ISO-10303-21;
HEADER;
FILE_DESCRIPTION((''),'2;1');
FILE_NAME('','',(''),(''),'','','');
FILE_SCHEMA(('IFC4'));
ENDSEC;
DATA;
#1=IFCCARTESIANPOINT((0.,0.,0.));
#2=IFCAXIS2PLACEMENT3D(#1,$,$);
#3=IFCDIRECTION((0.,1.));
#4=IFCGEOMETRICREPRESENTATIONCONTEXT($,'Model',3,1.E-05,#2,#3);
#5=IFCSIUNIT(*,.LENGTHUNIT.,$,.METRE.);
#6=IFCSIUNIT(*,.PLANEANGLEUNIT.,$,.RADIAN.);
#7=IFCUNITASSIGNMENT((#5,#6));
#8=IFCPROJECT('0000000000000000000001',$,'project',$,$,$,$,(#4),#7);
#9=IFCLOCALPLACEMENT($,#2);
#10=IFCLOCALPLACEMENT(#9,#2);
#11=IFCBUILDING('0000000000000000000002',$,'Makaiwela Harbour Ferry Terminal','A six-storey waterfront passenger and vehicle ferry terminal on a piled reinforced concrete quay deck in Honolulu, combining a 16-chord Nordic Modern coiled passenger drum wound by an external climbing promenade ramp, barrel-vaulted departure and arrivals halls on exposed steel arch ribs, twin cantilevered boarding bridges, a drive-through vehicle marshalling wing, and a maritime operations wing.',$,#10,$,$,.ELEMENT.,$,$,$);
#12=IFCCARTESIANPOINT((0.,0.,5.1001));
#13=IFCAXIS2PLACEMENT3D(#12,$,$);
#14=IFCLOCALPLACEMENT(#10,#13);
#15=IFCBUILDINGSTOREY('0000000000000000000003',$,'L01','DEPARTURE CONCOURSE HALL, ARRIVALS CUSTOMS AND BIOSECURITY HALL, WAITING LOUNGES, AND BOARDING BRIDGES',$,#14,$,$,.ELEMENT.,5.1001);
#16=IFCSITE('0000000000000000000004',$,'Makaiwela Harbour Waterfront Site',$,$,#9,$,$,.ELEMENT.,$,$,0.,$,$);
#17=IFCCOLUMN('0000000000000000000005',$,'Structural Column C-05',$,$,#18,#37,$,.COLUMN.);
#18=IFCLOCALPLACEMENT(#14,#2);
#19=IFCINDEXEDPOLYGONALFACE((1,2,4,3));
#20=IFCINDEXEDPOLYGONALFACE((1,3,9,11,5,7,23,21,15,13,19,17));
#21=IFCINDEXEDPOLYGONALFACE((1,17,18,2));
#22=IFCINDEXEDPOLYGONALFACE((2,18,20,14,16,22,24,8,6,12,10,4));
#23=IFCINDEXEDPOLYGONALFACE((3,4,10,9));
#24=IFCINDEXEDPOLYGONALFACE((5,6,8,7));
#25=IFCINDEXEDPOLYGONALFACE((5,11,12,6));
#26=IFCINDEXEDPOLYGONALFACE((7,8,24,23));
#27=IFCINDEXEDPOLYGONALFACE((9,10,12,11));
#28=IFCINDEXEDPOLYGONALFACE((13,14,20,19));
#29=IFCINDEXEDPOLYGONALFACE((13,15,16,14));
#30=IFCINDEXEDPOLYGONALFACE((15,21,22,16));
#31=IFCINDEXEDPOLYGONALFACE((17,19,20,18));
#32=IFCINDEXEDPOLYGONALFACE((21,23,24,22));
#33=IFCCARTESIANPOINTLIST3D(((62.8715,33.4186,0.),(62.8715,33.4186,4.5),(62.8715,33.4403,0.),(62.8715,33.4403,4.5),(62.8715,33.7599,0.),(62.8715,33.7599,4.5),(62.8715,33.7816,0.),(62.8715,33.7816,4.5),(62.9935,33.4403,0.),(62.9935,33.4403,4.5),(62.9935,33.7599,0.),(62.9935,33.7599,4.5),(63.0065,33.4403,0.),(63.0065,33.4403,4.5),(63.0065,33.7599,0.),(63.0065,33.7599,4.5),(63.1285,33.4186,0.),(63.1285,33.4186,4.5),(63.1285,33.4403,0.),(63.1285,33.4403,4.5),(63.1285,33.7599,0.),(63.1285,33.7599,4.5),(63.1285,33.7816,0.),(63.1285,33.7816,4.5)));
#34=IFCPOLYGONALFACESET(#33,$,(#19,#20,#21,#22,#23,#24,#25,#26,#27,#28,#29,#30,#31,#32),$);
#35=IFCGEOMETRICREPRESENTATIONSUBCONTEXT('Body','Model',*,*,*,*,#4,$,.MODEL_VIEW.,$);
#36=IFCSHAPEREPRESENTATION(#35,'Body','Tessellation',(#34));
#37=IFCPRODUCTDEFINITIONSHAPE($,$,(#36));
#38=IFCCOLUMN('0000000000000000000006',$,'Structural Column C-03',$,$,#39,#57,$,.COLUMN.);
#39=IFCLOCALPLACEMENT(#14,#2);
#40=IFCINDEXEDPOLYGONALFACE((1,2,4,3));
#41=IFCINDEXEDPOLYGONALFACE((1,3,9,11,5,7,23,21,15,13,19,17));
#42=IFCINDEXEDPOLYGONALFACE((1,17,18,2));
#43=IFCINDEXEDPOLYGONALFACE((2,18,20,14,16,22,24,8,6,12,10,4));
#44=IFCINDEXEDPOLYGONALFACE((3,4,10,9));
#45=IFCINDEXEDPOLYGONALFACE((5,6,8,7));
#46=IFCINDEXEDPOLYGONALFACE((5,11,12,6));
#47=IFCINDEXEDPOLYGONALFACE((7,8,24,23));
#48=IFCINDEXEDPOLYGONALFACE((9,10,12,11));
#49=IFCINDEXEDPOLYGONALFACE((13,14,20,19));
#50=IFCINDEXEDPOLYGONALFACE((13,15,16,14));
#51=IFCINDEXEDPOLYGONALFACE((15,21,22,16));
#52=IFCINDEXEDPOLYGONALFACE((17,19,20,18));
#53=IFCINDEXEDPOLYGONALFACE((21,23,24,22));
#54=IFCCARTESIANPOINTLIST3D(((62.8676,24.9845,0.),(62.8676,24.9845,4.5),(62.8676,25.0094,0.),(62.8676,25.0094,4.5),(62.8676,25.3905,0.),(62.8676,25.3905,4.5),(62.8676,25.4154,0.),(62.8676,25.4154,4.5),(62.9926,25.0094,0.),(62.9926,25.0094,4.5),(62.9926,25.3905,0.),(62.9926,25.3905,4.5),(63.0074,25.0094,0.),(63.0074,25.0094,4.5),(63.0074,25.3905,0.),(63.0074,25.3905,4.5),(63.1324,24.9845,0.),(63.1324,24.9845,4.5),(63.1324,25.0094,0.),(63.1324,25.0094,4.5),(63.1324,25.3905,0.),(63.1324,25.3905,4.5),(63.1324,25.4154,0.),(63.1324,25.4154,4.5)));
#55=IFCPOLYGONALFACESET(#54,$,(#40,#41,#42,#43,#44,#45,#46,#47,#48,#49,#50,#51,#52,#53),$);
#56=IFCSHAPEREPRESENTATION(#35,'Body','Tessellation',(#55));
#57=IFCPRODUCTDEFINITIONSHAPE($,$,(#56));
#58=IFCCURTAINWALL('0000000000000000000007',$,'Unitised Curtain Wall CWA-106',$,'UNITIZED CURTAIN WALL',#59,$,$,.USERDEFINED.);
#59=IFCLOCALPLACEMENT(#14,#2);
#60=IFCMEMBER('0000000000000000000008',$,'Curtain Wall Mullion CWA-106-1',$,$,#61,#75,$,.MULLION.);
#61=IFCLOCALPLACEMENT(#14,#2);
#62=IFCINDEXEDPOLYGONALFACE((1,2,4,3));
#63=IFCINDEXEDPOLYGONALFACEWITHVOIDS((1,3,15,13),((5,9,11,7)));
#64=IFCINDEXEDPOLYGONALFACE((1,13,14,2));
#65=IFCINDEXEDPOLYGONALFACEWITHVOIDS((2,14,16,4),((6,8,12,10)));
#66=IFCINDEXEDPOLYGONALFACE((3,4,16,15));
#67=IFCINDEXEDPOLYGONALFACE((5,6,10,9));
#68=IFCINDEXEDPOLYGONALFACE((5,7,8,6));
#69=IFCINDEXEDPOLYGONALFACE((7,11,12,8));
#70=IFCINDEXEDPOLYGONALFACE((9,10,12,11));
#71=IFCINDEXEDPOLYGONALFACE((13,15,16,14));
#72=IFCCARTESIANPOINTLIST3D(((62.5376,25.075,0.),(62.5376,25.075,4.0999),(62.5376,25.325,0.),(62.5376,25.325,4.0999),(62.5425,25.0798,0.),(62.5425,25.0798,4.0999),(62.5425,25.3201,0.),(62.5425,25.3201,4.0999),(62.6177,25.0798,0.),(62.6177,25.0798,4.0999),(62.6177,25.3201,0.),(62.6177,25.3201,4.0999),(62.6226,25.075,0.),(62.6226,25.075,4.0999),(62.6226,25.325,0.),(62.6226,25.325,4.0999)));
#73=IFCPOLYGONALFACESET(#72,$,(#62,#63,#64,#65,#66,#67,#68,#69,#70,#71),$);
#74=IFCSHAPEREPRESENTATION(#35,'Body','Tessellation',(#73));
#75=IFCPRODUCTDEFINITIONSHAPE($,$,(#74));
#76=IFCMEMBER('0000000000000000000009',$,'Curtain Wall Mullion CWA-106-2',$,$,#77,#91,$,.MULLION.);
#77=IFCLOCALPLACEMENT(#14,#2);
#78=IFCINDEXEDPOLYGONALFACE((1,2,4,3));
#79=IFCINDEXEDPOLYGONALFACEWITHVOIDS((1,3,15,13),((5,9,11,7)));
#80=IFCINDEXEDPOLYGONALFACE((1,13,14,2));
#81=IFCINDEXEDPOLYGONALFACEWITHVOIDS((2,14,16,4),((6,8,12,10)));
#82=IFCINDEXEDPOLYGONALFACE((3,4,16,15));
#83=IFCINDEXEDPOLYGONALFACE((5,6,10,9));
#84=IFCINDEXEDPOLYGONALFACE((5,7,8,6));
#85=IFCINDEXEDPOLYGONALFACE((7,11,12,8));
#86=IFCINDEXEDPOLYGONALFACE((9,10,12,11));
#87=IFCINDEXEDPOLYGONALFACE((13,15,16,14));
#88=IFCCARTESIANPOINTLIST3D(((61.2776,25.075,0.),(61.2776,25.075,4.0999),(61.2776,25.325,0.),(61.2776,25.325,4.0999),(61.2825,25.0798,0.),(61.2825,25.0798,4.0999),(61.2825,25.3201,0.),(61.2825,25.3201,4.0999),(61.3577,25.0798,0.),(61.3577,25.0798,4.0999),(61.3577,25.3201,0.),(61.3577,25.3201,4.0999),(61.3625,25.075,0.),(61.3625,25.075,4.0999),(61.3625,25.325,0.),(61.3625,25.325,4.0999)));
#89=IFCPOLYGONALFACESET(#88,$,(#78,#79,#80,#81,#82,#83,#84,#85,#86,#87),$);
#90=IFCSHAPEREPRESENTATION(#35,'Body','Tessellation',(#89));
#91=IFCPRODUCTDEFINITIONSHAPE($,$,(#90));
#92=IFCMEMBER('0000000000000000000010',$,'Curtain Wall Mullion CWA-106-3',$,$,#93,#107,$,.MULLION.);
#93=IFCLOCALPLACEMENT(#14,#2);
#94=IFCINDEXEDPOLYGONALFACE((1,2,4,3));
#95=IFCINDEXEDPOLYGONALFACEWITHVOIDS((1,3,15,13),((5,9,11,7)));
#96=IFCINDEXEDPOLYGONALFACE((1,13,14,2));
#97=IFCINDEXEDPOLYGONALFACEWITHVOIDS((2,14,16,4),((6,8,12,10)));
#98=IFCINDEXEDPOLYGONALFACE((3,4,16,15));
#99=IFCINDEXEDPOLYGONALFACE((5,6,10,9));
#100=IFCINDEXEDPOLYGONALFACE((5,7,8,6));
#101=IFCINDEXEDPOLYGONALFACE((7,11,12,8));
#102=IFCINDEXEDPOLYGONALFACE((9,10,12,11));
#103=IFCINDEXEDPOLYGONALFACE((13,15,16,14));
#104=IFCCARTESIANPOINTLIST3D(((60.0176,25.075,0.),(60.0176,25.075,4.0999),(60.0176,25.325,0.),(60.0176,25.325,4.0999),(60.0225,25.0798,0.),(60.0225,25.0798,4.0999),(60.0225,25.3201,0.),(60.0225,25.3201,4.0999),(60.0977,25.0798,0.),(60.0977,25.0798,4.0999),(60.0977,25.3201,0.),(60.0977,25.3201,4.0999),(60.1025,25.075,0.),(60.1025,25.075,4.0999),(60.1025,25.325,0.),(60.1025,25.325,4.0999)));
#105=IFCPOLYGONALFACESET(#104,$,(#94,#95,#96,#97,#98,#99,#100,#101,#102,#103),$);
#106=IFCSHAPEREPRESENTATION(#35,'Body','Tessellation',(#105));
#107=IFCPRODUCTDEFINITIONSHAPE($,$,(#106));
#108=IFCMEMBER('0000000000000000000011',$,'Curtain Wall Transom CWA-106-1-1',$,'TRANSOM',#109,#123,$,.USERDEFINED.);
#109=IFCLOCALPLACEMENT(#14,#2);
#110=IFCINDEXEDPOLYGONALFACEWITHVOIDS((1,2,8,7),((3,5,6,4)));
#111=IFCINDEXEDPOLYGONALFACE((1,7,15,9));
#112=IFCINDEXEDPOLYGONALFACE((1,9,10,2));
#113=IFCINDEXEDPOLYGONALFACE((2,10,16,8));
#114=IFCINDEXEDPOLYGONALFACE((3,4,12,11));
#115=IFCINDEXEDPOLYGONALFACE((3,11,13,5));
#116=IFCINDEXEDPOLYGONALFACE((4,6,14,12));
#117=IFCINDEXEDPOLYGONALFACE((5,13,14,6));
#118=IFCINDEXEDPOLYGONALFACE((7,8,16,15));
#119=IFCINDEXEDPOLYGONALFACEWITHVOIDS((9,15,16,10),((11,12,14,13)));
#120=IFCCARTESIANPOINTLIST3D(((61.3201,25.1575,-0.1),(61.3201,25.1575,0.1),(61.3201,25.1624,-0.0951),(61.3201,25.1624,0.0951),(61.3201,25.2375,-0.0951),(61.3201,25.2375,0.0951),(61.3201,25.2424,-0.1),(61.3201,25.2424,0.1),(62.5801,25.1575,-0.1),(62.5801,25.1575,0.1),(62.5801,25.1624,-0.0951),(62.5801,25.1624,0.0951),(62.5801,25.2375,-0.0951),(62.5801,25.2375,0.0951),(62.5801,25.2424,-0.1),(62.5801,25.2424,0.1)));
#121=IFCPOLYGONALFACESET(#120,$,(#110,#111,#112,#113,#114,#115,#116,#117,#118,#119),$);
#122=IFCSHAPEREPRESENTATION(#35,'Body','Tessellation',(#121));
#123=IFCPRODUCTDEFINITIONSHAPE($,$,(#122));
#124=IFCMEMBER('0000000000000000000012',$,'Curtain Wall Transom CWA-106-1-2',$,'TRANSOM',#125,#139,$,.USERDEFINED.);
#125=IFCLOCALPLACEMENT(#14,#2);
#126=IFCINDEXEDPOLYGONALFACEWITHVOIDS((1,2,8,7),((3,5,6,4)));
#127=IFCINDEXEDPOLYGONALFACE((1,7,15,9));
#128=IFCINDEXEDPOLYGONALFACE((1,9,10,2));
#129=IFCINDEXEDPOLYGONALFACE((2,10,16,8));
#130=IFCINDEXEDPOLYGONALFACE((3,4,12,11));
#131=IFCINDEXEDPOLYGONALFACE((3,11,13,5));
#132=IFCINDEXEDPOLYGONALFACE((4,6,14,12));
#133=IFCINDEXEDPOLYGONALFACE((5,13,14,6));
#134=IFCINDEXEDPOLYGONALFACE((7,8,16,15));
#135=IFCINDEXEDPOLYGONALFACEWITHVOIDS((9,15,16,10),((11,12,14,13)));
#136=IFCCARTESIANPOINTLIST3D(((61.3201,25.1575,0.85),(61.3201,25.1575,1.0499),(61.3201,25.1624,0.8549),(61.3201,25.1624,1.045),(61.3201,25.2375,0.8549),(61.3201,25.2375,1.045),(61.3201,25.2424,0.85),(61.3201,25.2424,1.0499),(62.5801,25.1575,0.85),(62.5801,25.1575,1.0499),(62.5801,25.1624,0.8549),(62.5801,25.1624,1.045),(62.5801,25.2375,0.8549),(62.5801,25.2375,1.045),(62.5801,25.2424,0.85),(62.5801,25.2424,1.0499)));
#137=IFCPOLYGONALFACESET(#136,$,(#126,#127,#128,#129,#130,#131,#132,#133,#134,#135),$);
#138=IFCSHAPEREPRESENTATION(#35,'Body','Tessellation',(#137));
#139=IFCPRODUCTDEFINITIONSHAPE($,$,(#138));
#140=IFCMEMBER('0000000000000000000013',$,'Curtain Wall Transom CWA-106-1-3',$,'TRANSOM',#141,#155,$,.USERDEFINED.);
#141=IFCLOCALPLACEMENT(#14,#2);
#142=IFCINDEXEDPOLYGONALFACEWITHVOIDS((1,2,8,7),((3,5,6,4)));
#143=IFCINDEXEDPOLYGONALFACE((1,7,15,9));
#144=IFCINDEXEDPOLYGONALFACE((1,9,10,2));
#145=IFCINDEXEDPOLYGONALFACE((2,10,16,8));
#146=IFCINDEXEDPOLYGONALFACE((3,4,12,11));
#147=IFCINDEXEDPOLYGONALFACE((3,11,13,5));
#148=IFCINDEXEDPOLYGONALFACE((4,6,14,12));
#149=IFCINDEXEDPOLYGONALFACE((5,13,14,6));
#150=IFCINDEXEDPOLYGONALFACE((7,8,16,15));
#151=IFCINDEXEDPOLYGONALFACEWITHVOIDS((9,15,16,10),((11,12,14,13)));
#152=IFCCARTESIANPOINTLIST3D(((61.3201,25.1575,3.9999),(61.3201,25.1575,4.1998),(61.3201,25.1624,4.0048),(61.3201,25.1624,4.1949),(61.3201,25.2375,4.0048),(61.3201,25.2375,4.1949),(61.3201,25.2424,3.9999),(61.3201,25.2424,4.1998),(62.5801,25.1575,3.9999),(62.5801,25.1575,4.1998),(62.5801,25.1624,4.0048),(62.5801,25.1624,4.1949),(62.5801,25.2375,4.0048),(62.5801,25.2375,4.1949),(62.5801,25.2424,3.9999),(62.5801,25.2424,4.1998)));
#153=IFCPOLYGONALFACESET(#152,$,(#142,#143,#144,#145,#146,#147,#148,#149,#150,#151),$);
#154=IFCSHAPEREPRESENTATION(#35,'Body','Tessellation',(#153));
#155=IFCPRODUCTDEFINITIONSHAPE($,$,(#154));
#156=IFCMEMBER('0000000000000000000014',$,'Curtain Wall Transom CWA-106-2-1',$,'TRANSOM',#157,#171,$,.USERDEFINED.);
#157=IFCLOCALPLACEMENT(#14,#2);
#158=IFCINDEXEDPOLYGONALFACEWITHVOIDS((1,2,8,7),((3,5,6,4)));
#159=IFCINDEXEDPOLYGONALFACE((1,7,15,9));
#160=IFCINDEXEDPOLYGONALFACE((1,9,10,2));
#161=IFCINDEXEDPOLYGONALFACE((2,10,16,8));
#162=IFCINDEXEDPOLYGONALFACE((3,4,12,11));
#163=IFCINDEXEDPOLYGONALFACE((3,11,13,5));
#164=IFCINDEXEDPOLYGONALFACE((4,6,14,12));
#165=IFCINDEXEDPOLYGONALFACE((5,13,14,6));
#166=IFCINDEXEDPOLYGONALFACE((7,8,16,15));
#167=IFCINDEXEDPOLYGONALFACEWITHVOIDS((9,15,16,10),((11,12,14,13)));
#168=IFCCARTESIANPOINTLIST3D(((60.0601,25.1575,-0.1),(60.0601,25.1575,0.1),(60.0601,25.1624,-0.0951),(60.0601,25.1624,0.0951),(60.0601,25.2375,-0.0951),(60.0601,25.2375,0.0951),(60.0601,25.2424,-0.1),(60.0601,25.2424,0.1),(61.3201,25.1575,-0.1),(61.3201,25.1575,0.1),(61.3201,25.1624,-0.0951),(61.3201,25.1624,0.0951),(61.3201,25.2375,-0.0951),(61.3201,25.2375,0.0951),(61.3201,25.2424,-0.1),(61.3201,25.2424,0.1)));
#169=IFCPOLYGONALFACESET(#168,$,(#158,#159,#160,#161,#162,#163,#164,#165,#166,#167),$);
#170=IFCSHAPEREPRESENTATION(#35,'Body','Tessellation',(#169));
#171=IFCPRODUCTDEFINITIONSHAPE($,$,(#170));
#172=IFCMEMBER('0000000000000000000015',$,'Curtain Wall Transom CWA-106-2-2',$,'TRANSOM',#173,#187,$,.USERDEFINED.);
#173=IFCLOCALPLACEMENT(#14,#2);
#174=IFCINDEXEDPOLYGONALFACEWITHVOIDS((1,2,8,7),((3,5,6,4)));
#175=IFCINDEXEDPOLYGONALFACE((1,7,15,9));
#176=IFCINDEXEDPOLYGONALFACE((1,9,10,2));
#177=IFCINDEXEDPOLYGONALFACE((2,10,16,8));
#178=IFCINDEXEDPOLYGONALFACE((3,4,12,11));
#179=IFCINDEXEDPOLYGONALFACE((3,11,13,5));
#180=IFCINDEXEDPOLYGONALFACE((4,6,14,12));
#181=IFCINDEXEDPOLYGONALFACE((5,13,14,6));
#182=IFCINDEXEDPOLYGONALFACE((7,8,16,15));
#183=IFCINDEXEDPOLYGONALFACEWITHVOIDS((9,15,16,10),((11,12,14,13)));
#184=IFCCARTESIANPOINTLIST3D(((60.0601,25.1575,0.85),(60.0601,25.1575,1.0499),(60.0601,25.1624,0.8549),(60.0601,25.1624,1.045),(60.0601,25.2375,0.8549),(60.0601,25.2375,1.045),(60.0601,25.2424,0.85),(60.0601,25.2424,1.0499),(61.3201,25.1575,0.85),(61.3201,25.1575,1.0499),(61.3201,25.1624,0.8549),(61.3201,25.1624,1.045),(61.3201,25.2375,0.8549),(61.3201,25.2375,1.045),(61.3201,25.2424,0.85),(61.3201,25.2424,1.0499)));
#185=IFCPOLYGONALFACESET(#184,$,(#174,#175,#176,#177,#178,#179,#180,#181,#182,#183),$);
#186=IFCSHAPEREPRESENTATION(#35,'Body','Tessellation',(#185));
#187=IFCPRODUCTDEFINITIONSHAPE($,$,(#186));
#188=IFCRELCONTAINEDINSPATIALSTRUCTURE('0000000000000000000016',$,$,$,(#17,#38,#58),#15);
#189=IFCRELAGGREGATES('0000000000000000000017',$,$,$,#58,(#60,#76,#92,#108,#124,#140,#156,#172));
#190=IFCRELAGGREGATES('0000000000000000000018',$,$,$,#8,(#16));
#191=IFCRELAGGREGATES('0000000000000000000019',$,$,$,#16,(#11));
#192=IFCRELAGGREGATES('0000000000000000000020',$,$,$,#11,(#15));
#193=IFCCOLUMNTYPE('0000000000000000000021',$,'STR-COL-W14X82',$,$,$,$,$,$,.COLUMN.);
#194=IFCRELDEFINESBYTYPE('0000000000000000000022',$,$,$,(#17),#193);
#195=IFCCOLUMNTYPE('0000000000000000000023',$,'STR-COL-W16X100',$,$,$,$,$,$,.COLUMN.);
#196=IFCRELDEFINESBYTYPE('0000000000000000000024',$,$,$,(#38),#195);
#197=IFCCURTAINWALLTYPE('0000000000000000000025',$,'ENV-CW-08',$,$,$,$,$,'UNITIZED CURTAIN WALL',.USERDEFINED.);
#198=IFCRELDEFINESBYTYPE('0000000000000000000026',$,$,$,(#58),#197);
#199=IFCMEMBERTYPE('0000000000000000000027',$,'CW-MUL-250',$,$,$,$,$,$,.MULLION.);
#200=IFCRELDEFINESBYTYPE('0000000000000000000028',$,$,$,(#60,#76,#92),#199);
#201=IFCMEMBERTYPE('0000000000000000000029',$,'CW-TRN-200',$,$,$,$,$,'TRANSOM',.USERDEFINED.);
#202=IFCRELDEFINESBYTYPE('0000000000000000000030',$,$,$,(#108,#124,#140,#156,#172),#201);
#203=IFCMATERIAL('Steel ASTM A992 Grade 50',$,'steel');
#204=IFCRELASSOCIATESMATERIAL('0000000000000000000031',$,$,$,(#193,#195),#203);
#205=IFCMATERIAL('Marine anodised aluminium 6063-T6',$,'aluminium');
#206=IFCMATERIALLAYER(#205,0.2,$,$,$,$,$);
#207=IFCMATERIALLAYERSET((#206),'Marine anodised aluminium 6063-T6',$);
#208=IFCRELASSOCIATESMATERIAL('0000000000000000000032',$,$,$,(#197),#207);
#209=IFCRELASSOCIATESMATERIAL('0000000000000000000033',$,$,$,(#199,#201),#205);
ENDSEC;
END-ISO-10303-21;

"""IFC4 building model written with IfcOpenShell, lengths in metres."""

from ifc_helpers import new_model, si_unit, direction, frame, origin, origin_2d, place, context, subcontext, project, spatial, hollow_rectangle, i_section, extrude, material, layer, layer_set, material_profile, profile_set, type_object, element, aggregate, save


model = new_model("IFC4")

# Units and contexts
model_context = context("Model", 3, precision=1e-05, world=origin(), true_north=direction((0.0, 1.0)))
body_context = subcontext(model_context, "Body", "Model", "MODEL_VIEW")
ifc_project = project(units=[si_unit("LENGTHUNIT", "METRE"), si_unit("PLANEANGLEUNIT", "RADIAN")], contexts=[model_context])

# Site, building, storey
site_placement = place(None, origin())
site = spatial("IfcSite", under=ifc_project, at=site_placement, Name="Makaiwela Harbour Waterfront Site", CompositionType="ELEMENT", RefElevation=0.0)
building_placement = place(site_placement, origin())
building = spatial("IfcBuilding", under=site, at=building_placement, Name="Makaiwela Harbour Ferry Terminal", Description="A six-storey waterfront passenger and vehicle ferry terminal on a piled reinforced concrete quay deck in Honolulu, combining a 16-chord Nordic Modern coiled passenger drum wound by an external climbing promenade ramp, barrel-vaulted departure and arrivals halls on exposed steel arch ribs, twin cantilevered boarding bridges, a drive-through vehicle marshalling wing, and a maritime operations wing.", CompositionType="ELEMENT")
storey_placement = place(building_placement, frame((0.0, 0.0, 5.1001)))
storey = spatial("IfcBuildingStorey", under=building, at=storey_placement, Name="L01", Description="DEPARTURE CONCOURSE HALL, ARRIVALS CUSTOMS AND BIOSECURITY HALL, WAITING LOUNGES, AND BOARDING BRIDGES", CompositionType="ELEMENT", Elevation=5.1001)

# Columns
ifc_material_1 = material(Name="Steel ASTM A992 Grade 50", Category="steel")
ifc_material_profile_1 = material_profile(ifc_material_1, i_section(OverallWidth=0.2571, OverallDepth=0.363, WebThickness=0.0129, FlangeThickness=0.0217, at=origin_2d()), Name="W14X82")
ifc_profile_set_1 = profile_set([ifc_material_profile_1], Name="Steel ASTM A992 Grade 50")
column_type_1 = type_object("IfcColumnType", Name="STR-COL-W14X82", PredefinedType="COLUMN", material=ifc_profile_set_1)
column_1_placement = place(storey_placement, frame((63.0, 33.6001, 0.0), z_axis=(0.0, 0.0, 1.0), x_axis=(1.0, 0.0, 0.0)))
element("IfcColumn", 1, at=column_1_placement, inside=storey, type_object=column_type_1, Name="Structural Column C-05", PredefinedType="COLUMN", context=body_context, shape_type="SweptSolid", body=[
    extrude(i_section(OverallWidth=0.2571, OverallDepth=0.363, WebThickness=0.0129, FlangeThickness=0.0217, at=origin_2d()), origin(), (0.0, 0.0, 1.0), 4.5),
])
ifc_material_profile_2 = material_profile(ifc_material_1, i_section(OverallWidth=0.2649, OverallDepth=0.4309, WebThickness=0.0149, FlangeThickness=0.0249, at=origin_2d()), Name="W16X100")
ifc_profile_set_2 = profile_set([ifc_material_profile_2], Name="Steel ASTM A992 Grade 50")
column_type_2 = type_object("IfcColumnType", Name="STR-COL-W16X100", PredefinedType="COLUMN", material=ifc_profile_set_2)
column_2_placement = place(storey_placement, frame((63.0, 25.2, 0.0), z_axis=(0.0, 0.0, 1.0), x_axis=(1.0, 0.0, 0.0)))
element("IfcColumn", 2, at=column_2_placement, inside=storey, type_object=column_type_2, Name="Structural Column C-03", PredefinedType="COLUMN", context=body_context, shape_type="SweptSolid", body=[
    extrude(i_section(OverallWidth=0.2649, OverallDepth=0.4309, WebThickness=0.0149, FlangeThickness=0.0249, at=origin_2d()), origin(), (0.0, 0.0, 1.0), 4.5),
])

# Curtain wall, members
ifc_material_2 = material(Name="Marine anodised aluminium 6063-T6", Category="aluminium")
ifc_layer_1 = layer(ifc_material_2, 0.2)
ifc_layer_set_1 = layer_set([ifc_layer_1], Name="Marine anodised aluminium 6063-T6")
curtain_wall_type = type_object("IfcCurtainWallType", Name="ENV-CW-08", ElementType="UNITIZED CURTAIN WALL", PredefinedType="USERDEFINED", material=ifc_layer_set_1)
curtain_wall_placement = place(storey_placement, origin())
curtain_wall = element("IfcCurtainWall", 3, at=curtain_wall_placement, inside=storey, type_object=curtain_wall_type, Name="Unitised Curtain Wall CWA-106", ObjectType="UNITIZED CURTAIN WALL", PredefinedType="USERDEFINED")
ifc_material_profile_3 = material_profile(ifc_material_2, hollow_rectangle(XDim=0.085, YDim=0.25, WallThickness=0.0049, at=origin_2d()), Name="CWM-250X85")
ifc_profile_set_3 = profile_set([ifc_material_profile_3], Name="Marine anodised aluminium 6063-T6")
member_type_1 = type_object("IfcMemberType", Name="CW-MUL-250", PredefinedType="MULLION", material=ifc_profile_set_3)
member_1_placement = place(storey_placement, frame((62.5801, 25.2, 0.0), z_axis=(0.0, 0.0, 1.0), x_axis=(1.0, 0.0, 0.0)))
member_1 = element("IfcMember", 4, at=member_1_placement, type_object=member_type_1, Name="Curtain Wall Mullion CWA-106-1", PredefinedType="MULLION", context=body_context, shape_type="SweptSolid", body=[
    extrude(hollow_rectangle(XDim=0.085, YDim=0.25, WallThickness=0.0049, at=origin_2d()), origin(), (0.0, 0.0, 1.0), 4.0999),
])
member_2_placement = place(storey_placement, frame((61.3201, 25.2, 0.0), z_axis=(0.0, 0.0, 1.0), x_axis=(1.0, 0.0, 0.0)))
member_2 = element("IfcMember", 5, at=member_2_placement, type_object=member_type_1, Name="Curtain Wall Mullion CWA-106-2", PredefinedType="MULLION", context=body_context, shape_type="SweptSolid", body=[
    extrude(hollow_rectangle(XDim=0.085, YDim=0.25, WallThickness=0.0049, at=origin_2d()), origin(), (0.0, 0.0, 1.0), 4.0999),
])
member_3_placement = place(storey_placement, frame((60.0601, 25.2, 0.0), z_axis=(0.0, 0.0, 1.0), x_axis=(1.0, 0.0, 0.0)))
member_3 = element("IfcMember", 6, at=member_3_placement, type_object=member_type_1, Name="Curtain Wall Mullion CWA-106-3", PredefinedType="MULLION", context=body_context, shape_type="SweptSolid", body=[
    extrude(hollow_rectangle(XDim=0.085, YDim=0.25, WallThickness=0.0049, at=origin_2d()), origin(), (0.0, 0.0, 1.0), 4.0999),
])
ifc_material_profile_4 = material_profile(ifc_material_2, hollow_rectangle(XDim=0.085, YDim=0.2, WallThickness=0.0049, at=origin_2d()), Name="CWT-200X85")
ifc_profile_set_4 = profile_set([ifc_material_profile_4], Name="Marine anodised aluminium 6063-T6")
member_type_2 = type_object("IfcMemberType", Name="CW-TRN-200", ElementType="TRANSOM", PredefinedType="USERDEFINED", material=ifc_profile_set_4)
member_4_placement = place(storey_placement, frame((62.5801, 25.2, 0.0), z_axis=(-1.0, 0.0, 0.0), x_axis=(0.0, -1.0, 0.0)))
member_4 = element("IfcMember", 7, at=member_4_placement, type_object=member_type_2, Name="Curtain Wall Transom CWA-106-1-1", ObjectType="TRANSOM", PredefinedType="USERDEFINED", context=body_context, shape_type="SweptSolid", body=[
    extrude(hollow_rectangle(XDim=0.085, YDim=0.2, WallThickness=0.0049, at=origin_2d()), origin(), (0.0, 0.0, 1.0), 1.26),
])
member_5_placement = place(storey_placement, frame((62.5801, 25.2, 0.95), z_axis=(-1.0, 0.0, 0.0), x_axis=(0.0, -1.0, 0.0)))
member_5 = element("IfcMember", 8, at=member_5_placement, type_object=member_type_2, Name="Curtain Wall Transom CWA-106-1-2", ObjectType="TRANSOM", PredefinedType="USERDEFINED", context=body_context, shape_type="SweptSolid", body=[
    extrude(hollow_rectangle(XDim=0.085, YDim=0.2, WallThickness=0.0049, at=origin_2d()), origin(), (0.0, 0.0, 1.0), 1.26),
])
member_6_placement = place(storey_placement, frame((62.5801, 25.2, 4.0999), z_axis=(-1.0, 0.0, 0.0), x_axis=(0.0, -1.0, 0.0)))
member_6 = element("IfcMember", 9, at=member_6_placement, type_object=member_type_2, Name="Curtain Wall Transom CWA-106-1-3", ObjectType="TRANSOM", PredefinedType="USERDEFINED", context=body_context, shape_type="SweptSolid", body=[
    extrude(hollow_rectangle(XDim=0.085, YDim=0.2, WallThickness=0.0049, at=origin_2d()), origin(), (0.0, 0.0, 1.0), 1.26),
])
member_7_placement = place(storey_placement, frame((61.3201, 25.2, 0.0), z_axis=(-1.0, 0.0, 0.0), x_axis=(0.0, -1.0, 0.0)))
member_7 = element("IfcMember", 10, at=member_7_placement, type_object=member_type_2, Name="Curtain Wall Transom CWA-106-2-1", ObjectType="TRANSOM", PredefinedType="USERDEFINED", context=body_context, shape_type="SweptSolid", body=[
    extrude(hollow_rectangle(XDim=0.085, YDim=0.2, WallThickness=0.0049, at=origin_2d()), origin(), (0.0, 0.0, 1.0), 1.26),
])
member_8_placement = place(storey_placement, frame((61.3201, 25.2, 0.95), z_axis=(-1.0, 0.0, 0.0), x_axis=(0.0, -1.0, 0.0)))
member_8 = element("IfcMember", 11, at=member_8_placement, type_object=member_type_2, Name="Curtain Wall Transom CWA-106-2-2", ObjectType="TRANSOM", PredefinedType="USERDEFINED", context=body_context, shape_type="SweptSolid", body=[
    extrude(hollow_rectangle(XDim=0.085, YDim=0.2, WallThickness=0.0049, at=origin_2d()), origin(), (0.0, 0.0, 1.0), 1.26),
])

aggregate(curtain_wall, [member_1, member_2, member_3, member_4, member_5, member_6, member_7, member_8])

save(model, "model.ifc")
